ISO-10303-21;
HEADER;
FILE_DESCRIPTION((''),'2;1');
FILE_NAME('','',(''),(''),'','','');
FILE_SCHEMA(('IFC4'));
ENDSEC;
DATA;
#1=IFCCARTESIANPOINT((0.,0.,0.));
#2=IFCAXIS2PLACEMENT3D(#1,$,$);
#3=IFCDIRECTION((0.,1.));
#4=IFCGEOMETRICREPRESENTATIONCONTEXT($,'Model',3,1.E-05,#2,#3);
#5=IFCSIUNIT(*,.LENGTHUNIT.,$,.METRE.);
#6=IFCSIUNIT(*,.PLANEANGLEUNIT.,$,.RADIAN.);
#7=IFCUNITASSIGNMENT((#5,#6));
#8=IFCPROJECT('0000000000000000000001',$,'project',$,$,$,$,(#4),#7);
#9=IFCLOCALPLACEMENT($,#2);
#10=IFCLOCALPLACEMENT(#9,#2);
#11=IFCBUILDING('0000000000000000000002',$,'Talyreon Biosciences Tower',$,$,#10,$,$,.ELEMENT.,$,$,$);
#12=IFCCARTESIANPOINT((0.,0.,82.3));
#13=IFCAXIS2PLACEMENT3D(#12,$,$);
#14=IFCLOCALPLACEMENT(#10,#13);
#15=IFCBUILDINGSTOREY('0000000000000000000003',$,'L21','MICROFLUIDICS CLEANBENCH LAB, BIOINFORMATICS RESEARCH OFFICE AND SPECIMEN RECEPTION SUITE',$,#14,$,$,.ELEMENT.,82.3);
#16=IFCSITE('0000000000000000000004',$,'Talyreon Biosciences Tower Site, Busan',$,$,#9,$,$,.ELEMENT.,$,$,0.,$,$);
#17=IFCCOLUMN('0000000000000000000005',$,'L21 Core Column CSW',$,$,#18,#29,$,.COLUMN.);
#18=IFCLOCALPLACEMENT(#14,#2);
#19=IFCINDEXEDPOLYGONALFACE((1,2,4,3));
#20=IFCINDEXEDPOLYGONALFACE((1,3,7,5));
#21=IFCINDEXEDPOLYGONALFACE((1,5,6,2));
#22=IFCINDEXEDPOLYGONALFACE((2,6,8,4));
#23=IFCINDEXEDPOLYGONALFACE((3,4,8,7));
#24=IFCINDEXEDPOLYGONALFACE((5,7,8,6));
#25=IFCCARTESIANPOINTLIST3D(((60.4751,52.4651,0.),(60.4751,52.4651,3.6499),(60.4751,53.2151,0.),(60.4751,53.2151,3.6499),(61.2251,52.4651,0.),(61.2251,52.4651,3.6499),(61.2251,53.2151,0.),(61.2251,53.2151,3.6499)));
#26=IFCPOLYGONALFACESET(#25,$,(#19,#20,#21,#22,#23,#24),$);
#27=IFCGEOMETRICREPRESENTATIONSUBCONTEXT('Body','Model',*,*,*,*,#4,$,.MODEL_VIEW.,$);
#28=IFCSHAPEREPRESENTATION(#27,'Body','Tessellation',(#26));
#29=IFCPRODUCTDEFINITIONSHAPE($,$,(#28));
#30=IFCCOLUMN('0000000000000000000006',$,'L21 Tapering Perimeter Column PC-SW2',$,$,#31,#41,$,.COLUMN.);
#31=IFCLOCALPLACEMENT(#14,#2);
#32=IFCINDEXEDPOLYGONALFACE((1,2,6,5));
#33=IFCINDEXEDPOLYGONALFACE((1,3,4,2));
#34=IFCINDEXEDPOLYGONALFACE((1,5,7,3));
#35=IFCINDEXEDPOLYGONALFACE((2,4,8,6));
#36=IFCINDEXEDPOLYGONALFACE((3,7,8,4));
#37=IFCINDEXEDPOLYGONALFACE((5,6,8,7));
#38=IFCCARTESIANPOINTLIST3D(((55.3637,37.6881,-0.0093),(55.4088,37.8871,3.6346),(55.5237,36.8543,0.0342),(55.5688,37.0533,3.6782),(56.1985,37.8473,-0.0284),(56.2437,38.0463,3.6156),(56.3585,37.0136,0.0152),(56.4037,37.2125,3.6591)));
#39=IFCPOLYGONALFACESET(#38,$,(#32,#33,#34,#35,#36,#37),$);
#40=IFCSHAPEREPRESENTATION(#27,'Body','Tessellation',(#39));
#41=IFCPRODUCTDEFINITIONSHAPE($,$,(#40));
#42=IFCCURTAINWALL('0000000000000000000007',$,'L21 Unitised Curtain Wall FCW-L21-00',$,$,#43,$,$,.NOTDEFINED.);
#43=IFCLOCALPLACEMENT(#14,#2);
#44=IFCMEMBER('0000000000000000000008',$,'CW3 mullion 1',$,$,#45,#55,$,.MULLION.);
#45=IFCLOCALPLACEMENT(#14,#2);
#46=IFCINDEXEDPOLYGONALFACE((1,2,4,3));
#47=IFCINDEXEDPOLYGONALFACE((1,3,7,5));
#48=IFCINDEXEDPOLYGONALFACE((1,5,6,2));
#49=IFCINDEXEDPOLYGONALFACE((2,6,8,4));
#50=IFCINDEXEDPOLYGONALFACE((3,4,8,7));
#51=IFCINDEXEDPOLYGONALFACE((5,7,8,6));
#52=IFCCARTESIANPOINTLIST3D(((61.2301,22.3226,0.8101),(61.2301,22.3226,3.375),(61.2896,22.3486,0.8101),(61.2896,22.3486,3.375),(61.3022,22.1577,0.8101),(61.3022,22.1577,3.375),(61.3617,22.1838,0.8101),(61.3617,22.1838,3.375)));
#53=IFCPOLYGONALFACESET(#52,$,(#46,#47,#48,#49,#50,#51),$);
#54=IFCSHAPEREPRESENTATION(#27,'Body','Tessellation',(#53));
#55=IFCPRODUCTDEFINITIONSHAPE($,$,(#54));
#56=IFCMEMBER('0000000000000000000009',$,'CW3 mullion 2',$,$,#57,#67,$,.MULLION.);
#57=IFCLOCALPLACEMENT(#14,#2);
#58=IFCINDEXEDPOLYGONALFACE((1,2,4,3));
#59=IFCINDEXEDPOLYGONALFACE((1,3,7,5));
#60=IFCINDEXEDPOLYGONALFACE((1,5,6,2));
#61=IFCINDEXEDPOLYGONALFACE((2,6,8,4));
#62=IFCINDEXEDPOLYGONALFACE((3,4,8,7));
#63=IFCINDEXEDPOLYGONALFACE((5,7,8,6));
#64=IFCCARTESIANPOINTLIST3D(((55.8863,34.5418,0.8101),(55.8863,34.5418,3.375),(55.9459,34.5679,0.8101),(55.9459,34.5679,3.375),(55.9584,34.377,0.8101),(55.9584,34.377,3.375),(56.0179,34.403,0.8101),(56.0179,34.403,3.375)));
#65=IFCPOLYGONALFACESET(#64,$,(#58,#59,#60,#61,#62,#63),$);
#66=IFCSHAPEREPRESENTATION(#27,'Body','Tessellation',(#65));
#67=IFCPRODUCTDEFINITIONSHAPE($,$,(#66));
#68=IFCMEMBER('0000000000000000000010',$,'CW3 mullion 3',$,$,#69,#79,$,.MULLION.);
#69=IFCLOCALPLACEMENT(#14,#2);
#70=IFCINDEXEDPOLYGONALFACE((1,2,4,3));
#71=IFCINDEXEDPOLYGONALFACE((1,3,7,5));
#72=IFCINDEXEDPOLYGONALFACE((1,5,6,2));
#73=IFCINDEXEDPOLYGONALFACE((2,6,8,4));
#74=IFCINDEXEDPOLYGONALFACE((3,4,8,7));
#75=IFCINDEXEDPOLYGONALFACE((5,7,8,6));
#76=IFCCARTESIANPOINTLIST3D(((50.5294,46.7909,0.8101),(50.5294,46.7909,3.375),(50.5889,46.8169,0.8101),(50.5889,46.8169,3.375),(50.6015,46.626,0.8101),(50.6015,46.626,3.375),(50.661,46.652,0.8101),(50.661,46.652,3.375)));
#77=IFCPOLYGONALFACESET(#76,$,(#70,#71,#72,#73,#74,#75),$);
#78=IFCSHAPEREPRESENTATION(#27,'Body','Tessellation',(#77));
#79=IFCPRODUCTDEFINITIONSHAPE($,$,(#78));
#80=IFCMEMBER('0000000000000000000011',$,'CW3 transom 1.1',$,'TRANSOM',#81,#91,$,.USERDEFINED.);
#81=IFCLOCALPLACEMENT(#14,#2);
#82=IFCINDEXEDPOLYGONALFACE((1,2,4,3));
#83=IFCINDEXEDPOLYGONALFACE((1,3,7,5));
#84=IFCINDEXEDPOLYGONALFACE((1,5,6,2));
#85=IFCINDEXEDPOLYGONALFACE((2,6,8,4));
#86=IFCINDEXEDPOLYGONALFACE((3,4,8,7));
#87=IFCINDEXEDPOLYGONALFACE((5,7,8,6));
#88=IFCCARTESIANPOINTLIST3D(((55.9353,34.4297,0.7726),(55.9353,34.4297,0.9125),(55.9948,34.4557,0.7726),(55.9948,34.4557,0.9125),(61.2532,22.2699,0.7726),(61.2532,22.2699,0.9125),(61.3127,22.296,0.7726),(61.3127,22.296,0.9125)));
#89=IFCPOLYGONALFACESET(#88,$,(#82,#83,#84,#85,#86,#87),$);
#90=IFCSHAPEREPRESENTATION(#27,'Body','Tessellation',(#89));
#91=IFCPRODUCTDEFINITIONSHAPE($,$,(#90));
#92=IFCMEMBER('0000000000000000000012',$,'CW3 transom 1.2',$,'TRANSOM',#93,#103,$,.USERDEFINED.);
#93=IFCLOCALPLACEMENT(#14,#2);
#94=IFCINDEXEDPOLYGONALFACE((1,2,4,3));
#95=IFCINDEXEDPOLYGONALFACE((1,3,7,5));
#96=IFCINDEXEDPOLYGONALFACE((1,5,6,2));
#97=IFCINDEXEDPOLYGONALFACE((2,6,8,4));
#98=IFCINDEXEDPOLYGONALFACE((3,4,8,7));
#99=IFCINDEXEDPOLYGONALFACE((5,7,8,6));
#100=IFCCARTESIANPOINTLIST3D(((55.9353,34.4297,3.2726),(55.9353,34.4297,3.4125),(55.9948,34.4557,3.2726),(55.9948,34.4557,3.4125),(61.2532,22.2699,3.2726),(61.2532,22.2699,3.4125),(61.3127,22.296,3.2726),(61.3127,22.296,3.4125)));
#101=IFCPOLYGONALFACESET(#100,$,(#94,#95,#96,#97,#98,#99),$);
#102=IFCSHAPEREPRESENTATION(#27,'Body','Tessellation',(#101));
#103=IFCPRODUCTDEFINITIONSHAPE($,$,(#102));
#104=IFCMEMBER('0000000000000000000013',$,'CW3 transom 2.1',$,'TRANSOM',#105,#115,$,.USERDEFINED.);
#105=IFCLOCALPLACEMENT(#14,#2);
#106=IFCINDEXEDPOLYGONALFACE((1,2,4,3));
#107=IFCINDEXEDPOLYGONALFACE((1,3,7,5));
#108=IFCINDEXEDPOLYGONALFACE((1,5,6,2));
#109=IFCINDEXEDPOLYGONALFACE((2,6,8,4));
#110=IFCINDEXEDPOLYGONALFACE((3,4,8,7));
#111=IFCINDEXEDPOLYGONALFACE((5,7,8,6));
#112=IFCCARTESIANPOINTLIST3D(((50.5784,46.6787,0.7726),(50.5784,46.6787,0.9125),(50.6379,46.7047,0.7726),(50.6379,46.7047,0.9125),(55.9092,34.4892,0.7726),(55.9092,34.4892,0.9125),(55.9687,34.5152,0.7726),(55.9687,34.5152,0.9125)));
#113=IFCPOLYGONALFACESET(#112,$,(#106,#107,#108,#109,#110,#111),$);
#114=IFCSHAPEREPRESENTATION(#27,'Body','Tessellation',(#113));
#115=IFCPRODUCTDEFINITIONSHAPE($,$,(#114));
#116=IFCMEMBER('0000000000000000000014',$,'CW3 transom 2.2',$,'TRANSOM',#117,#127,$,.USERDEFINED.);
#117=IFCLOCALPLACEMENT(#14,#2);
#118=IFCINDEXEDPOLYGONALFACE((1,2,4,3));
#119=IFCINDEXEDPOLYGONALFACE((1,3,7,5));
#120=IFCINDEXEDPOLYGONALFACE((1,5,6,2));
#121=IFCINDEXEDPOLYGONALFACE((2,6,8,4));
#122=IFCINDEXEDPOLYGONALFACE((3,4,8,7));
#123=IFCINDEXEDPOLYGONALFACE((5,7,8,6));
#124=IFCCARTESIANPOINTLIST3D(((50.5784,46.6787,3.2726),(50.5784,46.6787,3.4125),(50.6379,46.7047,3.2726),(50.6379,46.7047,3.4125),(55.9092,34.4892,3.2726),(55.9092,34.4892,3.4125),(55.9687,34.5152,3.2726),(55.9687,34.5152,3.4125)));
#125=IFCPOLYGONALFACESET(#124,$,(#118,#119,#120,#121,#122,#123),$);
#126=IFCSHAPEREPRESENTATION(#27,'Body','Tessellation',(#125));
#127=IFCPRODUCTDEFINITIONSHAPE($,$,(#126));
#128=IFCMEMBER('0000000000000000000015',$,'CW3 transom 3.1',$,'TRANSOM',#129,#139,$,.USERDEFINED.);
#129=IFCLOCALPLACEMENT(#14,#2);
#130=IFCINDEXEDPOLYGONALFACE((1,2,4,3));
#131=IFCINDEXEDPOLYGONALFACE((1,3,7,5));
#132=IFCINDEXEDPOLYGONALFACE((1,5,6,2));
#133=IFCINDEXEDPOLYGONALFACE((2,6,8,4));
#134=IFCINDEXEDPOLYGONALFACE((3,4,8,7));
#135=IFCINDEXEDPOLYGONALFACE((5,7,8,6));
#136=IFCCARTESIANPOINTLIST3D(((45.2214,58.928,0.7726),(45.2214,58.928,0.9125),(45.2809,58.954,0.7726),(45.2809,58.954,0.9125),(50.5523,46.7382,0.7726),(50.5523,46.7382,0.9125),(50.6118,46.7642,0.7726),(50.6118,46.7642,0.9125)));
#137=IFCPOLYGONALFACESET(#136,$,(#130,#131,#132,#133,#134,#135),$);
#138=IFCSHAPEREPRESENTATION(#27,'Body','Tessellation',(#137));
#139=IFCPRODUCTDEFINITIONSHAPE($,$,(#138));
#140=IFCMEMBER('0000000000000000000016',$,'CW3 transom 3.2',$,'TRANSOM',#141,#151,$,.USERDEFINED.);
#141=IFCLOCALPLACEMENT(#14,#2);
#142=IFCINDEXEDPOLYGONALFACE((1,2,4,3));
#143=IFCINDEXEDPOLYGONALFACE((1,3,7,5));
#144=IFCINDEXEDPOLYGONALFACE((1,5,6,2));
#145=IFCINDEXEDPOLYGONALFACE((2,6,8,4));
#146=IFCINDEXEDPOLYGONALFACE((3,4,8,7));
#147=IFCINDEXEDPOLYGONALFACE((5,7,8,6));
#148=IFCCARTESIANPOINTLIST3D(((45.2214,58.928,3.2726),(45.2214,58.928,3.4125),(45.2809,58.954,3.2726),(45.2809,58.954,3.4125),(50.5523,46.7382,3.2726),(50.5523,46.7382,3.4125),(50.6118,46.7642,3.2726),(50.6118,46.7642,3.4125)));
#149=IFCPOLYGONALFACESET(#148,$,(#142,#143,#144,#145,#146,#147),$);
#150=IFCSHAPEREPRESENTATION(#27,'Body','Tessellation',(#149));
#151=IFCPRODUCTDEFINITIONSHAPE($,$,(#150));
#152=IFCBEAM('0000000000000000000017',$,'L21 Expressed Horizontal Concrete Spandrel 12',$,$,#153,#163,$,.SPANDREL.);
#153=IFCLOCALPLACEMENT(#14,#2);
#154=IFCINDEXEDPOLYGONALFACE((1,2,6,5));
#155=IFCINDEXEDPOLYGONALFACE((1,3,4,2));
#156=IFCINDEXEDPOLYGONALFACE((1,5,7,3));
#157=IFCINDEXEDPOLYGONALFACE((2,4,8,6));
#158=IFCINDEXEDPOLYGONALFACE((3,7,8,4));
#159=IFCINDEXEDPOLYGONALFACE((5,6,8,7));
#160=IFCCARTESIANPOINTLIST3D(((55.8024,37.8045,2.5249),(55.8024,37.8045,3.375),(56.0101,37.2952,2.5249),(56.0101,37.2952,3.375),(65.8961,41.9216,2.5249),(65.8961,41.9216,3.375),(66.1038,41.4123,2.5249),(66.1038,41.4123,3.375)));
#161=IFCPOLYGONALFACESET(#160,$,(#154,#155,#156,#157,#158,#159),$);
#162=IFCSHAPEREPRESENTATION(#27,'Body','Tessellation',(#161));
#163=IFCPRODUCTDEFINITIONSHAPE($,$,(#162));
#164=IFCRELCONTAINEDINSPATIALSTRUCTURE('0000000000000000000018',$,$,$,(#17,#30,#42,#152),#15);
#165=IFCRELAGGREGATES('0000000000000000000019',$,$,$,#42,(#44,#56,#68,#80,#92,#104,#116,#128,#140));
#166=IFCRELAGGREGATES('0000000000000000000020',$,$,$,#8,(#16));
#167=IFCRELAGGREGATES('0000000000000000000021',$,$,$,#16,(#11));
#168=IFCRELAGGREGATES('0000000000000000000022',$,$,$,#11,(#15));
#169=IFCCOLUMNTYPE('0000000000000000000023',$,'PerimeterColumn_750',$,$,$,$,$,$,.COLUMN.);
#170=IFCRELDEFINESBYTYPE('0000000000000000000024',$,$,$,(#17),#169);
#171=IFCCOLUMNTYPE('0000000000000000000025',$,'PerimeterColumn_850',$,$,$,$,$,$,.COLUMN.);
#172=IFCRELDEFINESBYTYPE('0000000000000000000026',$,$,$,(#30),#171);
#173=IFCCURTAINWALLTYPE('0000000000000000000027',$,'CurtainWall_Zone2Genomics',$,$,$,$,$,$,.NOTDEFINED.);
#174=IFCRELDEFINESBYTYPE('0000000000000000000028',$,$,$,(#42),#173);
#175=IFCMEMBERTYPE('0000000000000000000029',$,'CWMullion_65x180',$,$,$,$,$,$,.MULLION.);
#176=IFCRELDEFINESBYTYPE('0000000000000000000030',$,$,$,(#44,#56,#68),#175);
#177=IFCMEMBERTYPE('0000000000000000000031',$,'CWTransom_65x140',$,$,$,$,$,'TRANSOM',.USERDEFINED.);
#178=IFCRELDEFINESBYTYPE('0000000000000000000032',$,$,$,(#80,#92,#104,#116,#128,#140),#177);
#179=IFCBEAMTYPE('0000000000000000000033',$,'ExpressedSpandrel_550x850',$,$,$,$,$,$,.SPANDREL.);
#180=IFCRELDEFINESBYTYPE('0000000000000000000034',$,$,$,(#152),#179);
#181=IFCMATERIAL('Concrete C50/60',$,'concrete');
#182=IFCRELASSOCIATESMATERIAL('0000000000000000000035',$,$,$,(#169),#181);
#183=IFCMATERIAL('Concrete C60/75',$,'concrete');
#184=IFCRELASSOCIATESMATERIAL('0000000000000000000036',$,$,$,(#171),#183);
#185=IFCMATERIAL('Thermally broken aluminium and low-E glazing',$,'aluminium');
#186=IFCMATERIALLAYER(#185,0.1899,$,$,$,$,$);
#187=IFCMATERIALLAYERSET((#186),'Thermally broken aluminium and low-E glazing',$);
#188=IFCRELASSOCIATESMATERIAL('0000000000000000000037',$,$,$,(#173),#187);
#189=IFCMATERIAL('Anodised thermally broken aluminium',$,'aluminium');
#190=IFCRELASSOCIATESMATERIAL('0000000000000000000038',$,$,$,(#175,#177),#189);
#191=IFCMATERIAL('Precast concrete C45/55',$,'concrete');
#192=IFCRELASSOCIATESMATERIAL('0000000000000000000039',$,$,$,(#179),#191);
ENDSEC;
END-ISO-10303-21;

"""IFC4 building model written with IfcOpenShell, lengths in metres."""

from ifc_helpers import new_model, si_unit, direction, frame, origin, origin_2d, place, context, subcontext, project, spatial, rectangle, extrude, material, layer, layer_set, material_profile, profile_set, type_object, element, aggregate, save


model = new_model("IFC4")

# Units and contexts
model_context = context("Model", 3, precision=1e-05, world=origin(), true_north=direction((0.0, 1.0)))
body_context = subcontext(model_context, "Body", "Model", "MODEL_VIEW")
ifc_project = project(units=[si_unit("LENGTHUNIT", "METRE"), si_unit("PLANEANGLEUNIT", "RADIAN")], contexts=[model_context])

# Site, building, storey
site_placement = place(None, origin())
site = spatial("IfcSite", under=ifc_project, at=site_placement, Name="Talyreon Biosciences Tower Site, Busan", CompositionType="ELEMENT", RefElevation=0.0)
building_placement = place(site_placement, origin())
building = spatial("IfcBuilding", under=site, at=building_placement, Name="Talyreon Biosciences Tower", CompositionType="ELEMENT")
storey_placement = place(building_placement, frame((0.0, 0.0, 82.3)))
storey = spatial("IfcBuildingStorey", under=building, at=storey_placement, Name="L21", Description="MICROFLUIDICS CLEANBENCH LAB, BIOINFORMATICS RESEARCH OFFICE AND SPECIMEN RECEPTION SUITE", CompositionType="ELEMENT", Elevation=82.3)

# Columns
ifc_material_1 = material(Name="Concrete C50/60", Category="concrete")
ifc_material_profile_1 = material_profile(ifc_material_1, rectangle(XDim=0.75, YDim=0.75, at=origin_2d()), Name="RC 750x750")
ifc_profile_set_1 = profile_set([ifc_material_profile_1], Name="Concrete C50/60")
column_type_1 = type_object("IfcColumnType", Name="PerimeterColumn_750", PredefinedType="COLUMN", material=ifc_profile_set_1)
column_1_placement = place(storey_placement, frame((60.8501, 52.8401, 0.0), z_axis=(0.0, 0.0, 1.0), x_axis=(1.0, 0.0, 0.0)))
element("IfcColumn", 1, at=column_1_placement, inside=storey, type_object=column_type_1, Name="L21 Core Column CSW", PredefinedType="COLUMN", context=body_context, shape_type="SweptSolid", body=[
    extrude(rectangle(XDim=0.75, YDim=0.75, at=origin_2d()), origin(), (0.0, 0.0, 1.0), 3.6499),
])
ifc_material_2 = material(Name="Concrete C60/75", Category="concrete")
ifc_material_profile_2 = material_profile(ifc_material_2, rectangle(XDim=0.8501, YDim=0.8501, at=origin_2d()), Name="RC 850x850")
ifc_profile_set_2 = profile_set([ifc_material_profile_2], Name="Concrete C60/75")
column_type_2 = type_object("IfcColumnType", Name="PerimeterColumn_850", PredefinedType="COLUMN", material=ifc_profile_set_2)
column_2_placement = place(storey_placement, frame((55.8611, 37.3508, 0.0029), z_axis=(0.012375, 0.054517, 0.998436), x_axis=(-0.188246, 0.980785, -0.05122)))
element("IfcColumn", 2, at=column_2_placement, inside=storey, type_object=column_type_2, Name="L21 Tapering Perimeter Column PC-SW2", PredefinedType="COLUMN", context=body_context, shape_type="SweptSolid", body=[
    extrude(rectangle(XDim=0.8501, YDim=0.8501, at=origin_2d()), origin(), (0.0, 0.0, 1.0), 3.6497),
])

# Curtain wall, members
ifc_material_3 = material(Name="Thermally broken aluminium and low-E glazing", Category="aluminium")
ifc_layer_1 = layer(ifc_material_3, 0.1899)
ifc_layer_set_1 = layer_set([ifc_layer_1], Name="Thermally broken aluminium and low-E glazing")
curtain_wall_type = type_object("IfcCurtainWallType", Name="CurtainWall_Zone2Genomics", PredefinedType="NOTDEFINED", material=ifc_layer_set_1)
curtain_wall_placement = place(storey_placement, origin())
curtain_wall = element("IfcCurtainWall", 3, at=curtain_wall_placement, inside=storey, type_object=curtain_wall_type, Name="L21 Unitised Curtain Wall FCW-L21-00", PredefinedType="NOTDEFINED")
ifc_material_4 = material(Name="Anodised thermally broken aluminium", Category="aluminium")
ifc_material_profile_3 = material_profile(ifc_material_4, rectangle(XDim=0.0649, YDim=0.1799, at=origin_2d()), Name="ALUM MULLION 65x180")
ifc_profile_set_3 = profile_set([ifc_material_profile_3], Name="Anodised thermally broken aluminium")
member_type_1 = type_object("IfcMemberType", Name="CWMullion_65x180", PredefinedType="MULLION", material=ifc_profile_set_3)
member_1_placement = place(storey_placement, frame((61.2959, 22.2532, 0.8101), z_axis=(0.0, 0.0, 1.0), x_axis=(-0.916214, -0.400689, 0.0)))
member_1 = element("IfcMember", 4, at=member_1_placement, type_object=member_type_1, Name="CW3 mullion 1", PredefinedType="MULLION", context=body_context, shape_type="SweptSolid", body=[
    extrude(rectangle(XDim=0.0649, YDim=0.1799, at=origin_2d()), origin(), (0.0, 0.0, 1.0), 2.5649),
])
member_2_placement = place(storey_placement, frame((55.9521, 34.4724, 0.8101), z_axis=(0.0, 0.0, 1.0), x_axis=(-0.916214, -0.400689, 0.0)))
member_2 = element("IfcMember", 5, at=member_2_placement, type_object=member_type_1, Name="CW3 mullion 2", PredefinedType="MULLION", context=body_context, shape_type="SweptSolid", body=[
    extrude(rectangle(XDim=0.0649, YDim=0.1799, at=origin_2d()), origin(), (0.0, 0.0, 1.0), 2.5649),
])
member_3_placement = place(storey_placement, frame((50.5952, 46.7214, 0.8101), z_axis=(0.0, 0.0, 1.0), x_axis=(-0.916214, -0.400689, 0.0)))
member_3 = element("IfcMember", 6, at=member_3_placement, type_object=member_type_1, Name="CW3 mullion 3", PredefinedType="MULLION", context=body_context, shape_type="SweptSolid", body=[
    extrude(rectangle(XDim=0.0649, YDim=0.1799, at=origin_2d()), origin(), (0.0, 0.0, 1.0), 2.5649),
])
ifc_material_profile_4 = material_profile(ifc_material_4, rectangle(XDim=0.0649, YDim=0.1399, at=origin_2d()), Name="ALUM TRANSOM 65x140")
ifc_profile_set_4 = profile_set([ifc_material_profile_4], Name="Anodised thermally broken aluminium")
member_type_2 = type_object("IfcMemberType", Name="CWTransom_65x140", ElementType="TRANSOM", PredefinedType="USERDEFINED", material=ifc_profile_set_4)
member_4_placement = place(storey_placement, frame((61.283, 22.283, 0.8425), z_axis=(-0.400693, 0.916212, 0.0), x_axis=(-0.916212, -0.400693, 0.0)))
member_4 = element("IfcMember", 7, at=member_4_placement, type_object=member_type_2, Name="CW3 transom 1.1", ObjectType="TRANSOM", PredefinedType="USERDEFINED", context=body_context, shape_type="SweptSolid", body=[
    extrude(rectangle(XDim=0.0649, YDim=0.1399, at=origin_2d()), origin(), (0.0, 0.0, 1.0), 13.2717),
])
member_5_placement = place(storey_placement, frame((61.283, 22.283, 3.3425), z_axis=(-0.400693, 0.916212, 0.0), x_axis=(-0.916212, -0.400693, 0.0)))
member_5 = element("IfcMember", 8, at=member_5_placement, type_object=member_type_2, Name="CW3 transom 1.2", ObjectType="TRANSOM", PredefinedType="USERDEFINED", context=body_context, shape_type="SweptSolid", body=[
    extrude(rectangle(XDim=0.0649, YDim=0.1399, at=origin_2d()), origin(), (0.0, 0.0, 1.0), 13.2717),
])
member_6_placement = place(storey_placement, frame((55.939, 34.5022, 0.8425), z_axis=(-0.400688, 0.916215, 0.0), x_axis=(-0.916215, -0.400688, 0.0)))
member_6 = element("IfcMember", 9, at=member_6_placement, type_object=member_type_2, Name="CW3 transom 2.1", ObjectType="TRANSOM", PredefinedType="USERDEFINED", context=body_context, shape_type="SweptSolid", body=[
    extrude(rectangle(XDim=0.0649, YDim=0.1399, at=origin_2d()), origin(), (0.0, 0.0, 1.0), 13.3042),
])
member_7_placement = place(storey_placement, frame((55.939, 34.5022, 3.3425), z_axis=(-0.400688, 0.916215, 0.0), x_axis=(-0.916215, -0.400688, 0.0)))
member_7 = element("IfcMember", 10, at=member_7_placement, type_object=member_type_2, Name="CW3 transom 2.2", ObjectType="TRANSOM", PredefinedType="USERDEFINED", context=body_context, shape_type="SweptSolid", body=[
    extrude(rectangle(XDim=0.0649, YDim=0.1399, at=origin_2d()), origin(), (0.0, 0.0, 1.0), 13.3042),
])
member_8_placement = place(storey_placement, frame((50.582, 46.7512, 0.8425), z_axis=(-0.400681, 0.916218, 0.0), x_axis=(-0.916218, -0.400681, 0.0)))
member_8 = element("IfcMember", 11, at=member_8_placement, type_object=member_type_2, Name="CW3 transom 3.1", ObjectType="TRANSOM", PredefinedType="USERDEFINED", context=body_context, shape_type="SweptSolid", body=[
    extrude(rectangle(XDim=0.0649, YDim=0.1399, at=origin_2d()), origin(), (0.0, 0.0, 1.0), 13.3044),
])
member_9_placement = place(storey_placement, frame((50.582, 46.7512, 3.3425), z_axis=(-0.400681, 0.916218, 0.0), x_axis=(-0.916218, -0.400681, 0.0)))
member_9 = element("IfcMember", 12, at=member_9_placement, type_object=member_type_2, Name="CW3 transom 3.2", ObjectType="TRANSOM", PredefinedType="USERDEFINED", context=body_context, shape_type="SweptSolid", body=[
    extrude(rectangle(XDim=0.0649, YDim=0.1399, at=origin_2d()), origin(), (0.0, 0.0, 1.0), 13.3044),
])

# Beam
ifc_material_5 = material(Name="Precast concrete C45/55", Category="concrete")
ifc_material_profile_5 = material_profile(ifc_material_5, rectangle(XDim=0.55, YDim=0.8501, at=origin_2d()), Name="RCB 550x850")
ifc_profile_set_5 = profile_set([ifc_material_profile_5], Name="Precast concrete C45/55")
beam_type_1 = type_object("IfcBeamType", Name="ExpressedSpandrel_550x850", PredefinedType="SPANDREL", material=ifc_profile_set_5)
beam_1_placement = place(storey_placement, frame((55.9062, 37.5498, 2.95), z_axis=(0.925935, 0.377684, 0.0), x_axis=(-0.377684, 0.925935, 0.0)))
element("IfcBeam", 13, at=beam_1_placement, inside=storey, type_object=beam_type_1, Name="L21 Expressed Horizontal Concrete Spandrel 12", PredefinedType="SPANDREL", context=body_context, shape_type="SweptSolid", body=[
    extrude(rectangle(XDim=0.55, YDim=0.8501, at=origin_2d()), origin(), (0.0, 0.0, 1.0), 10.9011),
])

aggregate(curtain_wall, [member_1, member_2, member_3, member_4, member_5, member_6, member_7, member_8, member_9])

save(model, "model.ifc")
